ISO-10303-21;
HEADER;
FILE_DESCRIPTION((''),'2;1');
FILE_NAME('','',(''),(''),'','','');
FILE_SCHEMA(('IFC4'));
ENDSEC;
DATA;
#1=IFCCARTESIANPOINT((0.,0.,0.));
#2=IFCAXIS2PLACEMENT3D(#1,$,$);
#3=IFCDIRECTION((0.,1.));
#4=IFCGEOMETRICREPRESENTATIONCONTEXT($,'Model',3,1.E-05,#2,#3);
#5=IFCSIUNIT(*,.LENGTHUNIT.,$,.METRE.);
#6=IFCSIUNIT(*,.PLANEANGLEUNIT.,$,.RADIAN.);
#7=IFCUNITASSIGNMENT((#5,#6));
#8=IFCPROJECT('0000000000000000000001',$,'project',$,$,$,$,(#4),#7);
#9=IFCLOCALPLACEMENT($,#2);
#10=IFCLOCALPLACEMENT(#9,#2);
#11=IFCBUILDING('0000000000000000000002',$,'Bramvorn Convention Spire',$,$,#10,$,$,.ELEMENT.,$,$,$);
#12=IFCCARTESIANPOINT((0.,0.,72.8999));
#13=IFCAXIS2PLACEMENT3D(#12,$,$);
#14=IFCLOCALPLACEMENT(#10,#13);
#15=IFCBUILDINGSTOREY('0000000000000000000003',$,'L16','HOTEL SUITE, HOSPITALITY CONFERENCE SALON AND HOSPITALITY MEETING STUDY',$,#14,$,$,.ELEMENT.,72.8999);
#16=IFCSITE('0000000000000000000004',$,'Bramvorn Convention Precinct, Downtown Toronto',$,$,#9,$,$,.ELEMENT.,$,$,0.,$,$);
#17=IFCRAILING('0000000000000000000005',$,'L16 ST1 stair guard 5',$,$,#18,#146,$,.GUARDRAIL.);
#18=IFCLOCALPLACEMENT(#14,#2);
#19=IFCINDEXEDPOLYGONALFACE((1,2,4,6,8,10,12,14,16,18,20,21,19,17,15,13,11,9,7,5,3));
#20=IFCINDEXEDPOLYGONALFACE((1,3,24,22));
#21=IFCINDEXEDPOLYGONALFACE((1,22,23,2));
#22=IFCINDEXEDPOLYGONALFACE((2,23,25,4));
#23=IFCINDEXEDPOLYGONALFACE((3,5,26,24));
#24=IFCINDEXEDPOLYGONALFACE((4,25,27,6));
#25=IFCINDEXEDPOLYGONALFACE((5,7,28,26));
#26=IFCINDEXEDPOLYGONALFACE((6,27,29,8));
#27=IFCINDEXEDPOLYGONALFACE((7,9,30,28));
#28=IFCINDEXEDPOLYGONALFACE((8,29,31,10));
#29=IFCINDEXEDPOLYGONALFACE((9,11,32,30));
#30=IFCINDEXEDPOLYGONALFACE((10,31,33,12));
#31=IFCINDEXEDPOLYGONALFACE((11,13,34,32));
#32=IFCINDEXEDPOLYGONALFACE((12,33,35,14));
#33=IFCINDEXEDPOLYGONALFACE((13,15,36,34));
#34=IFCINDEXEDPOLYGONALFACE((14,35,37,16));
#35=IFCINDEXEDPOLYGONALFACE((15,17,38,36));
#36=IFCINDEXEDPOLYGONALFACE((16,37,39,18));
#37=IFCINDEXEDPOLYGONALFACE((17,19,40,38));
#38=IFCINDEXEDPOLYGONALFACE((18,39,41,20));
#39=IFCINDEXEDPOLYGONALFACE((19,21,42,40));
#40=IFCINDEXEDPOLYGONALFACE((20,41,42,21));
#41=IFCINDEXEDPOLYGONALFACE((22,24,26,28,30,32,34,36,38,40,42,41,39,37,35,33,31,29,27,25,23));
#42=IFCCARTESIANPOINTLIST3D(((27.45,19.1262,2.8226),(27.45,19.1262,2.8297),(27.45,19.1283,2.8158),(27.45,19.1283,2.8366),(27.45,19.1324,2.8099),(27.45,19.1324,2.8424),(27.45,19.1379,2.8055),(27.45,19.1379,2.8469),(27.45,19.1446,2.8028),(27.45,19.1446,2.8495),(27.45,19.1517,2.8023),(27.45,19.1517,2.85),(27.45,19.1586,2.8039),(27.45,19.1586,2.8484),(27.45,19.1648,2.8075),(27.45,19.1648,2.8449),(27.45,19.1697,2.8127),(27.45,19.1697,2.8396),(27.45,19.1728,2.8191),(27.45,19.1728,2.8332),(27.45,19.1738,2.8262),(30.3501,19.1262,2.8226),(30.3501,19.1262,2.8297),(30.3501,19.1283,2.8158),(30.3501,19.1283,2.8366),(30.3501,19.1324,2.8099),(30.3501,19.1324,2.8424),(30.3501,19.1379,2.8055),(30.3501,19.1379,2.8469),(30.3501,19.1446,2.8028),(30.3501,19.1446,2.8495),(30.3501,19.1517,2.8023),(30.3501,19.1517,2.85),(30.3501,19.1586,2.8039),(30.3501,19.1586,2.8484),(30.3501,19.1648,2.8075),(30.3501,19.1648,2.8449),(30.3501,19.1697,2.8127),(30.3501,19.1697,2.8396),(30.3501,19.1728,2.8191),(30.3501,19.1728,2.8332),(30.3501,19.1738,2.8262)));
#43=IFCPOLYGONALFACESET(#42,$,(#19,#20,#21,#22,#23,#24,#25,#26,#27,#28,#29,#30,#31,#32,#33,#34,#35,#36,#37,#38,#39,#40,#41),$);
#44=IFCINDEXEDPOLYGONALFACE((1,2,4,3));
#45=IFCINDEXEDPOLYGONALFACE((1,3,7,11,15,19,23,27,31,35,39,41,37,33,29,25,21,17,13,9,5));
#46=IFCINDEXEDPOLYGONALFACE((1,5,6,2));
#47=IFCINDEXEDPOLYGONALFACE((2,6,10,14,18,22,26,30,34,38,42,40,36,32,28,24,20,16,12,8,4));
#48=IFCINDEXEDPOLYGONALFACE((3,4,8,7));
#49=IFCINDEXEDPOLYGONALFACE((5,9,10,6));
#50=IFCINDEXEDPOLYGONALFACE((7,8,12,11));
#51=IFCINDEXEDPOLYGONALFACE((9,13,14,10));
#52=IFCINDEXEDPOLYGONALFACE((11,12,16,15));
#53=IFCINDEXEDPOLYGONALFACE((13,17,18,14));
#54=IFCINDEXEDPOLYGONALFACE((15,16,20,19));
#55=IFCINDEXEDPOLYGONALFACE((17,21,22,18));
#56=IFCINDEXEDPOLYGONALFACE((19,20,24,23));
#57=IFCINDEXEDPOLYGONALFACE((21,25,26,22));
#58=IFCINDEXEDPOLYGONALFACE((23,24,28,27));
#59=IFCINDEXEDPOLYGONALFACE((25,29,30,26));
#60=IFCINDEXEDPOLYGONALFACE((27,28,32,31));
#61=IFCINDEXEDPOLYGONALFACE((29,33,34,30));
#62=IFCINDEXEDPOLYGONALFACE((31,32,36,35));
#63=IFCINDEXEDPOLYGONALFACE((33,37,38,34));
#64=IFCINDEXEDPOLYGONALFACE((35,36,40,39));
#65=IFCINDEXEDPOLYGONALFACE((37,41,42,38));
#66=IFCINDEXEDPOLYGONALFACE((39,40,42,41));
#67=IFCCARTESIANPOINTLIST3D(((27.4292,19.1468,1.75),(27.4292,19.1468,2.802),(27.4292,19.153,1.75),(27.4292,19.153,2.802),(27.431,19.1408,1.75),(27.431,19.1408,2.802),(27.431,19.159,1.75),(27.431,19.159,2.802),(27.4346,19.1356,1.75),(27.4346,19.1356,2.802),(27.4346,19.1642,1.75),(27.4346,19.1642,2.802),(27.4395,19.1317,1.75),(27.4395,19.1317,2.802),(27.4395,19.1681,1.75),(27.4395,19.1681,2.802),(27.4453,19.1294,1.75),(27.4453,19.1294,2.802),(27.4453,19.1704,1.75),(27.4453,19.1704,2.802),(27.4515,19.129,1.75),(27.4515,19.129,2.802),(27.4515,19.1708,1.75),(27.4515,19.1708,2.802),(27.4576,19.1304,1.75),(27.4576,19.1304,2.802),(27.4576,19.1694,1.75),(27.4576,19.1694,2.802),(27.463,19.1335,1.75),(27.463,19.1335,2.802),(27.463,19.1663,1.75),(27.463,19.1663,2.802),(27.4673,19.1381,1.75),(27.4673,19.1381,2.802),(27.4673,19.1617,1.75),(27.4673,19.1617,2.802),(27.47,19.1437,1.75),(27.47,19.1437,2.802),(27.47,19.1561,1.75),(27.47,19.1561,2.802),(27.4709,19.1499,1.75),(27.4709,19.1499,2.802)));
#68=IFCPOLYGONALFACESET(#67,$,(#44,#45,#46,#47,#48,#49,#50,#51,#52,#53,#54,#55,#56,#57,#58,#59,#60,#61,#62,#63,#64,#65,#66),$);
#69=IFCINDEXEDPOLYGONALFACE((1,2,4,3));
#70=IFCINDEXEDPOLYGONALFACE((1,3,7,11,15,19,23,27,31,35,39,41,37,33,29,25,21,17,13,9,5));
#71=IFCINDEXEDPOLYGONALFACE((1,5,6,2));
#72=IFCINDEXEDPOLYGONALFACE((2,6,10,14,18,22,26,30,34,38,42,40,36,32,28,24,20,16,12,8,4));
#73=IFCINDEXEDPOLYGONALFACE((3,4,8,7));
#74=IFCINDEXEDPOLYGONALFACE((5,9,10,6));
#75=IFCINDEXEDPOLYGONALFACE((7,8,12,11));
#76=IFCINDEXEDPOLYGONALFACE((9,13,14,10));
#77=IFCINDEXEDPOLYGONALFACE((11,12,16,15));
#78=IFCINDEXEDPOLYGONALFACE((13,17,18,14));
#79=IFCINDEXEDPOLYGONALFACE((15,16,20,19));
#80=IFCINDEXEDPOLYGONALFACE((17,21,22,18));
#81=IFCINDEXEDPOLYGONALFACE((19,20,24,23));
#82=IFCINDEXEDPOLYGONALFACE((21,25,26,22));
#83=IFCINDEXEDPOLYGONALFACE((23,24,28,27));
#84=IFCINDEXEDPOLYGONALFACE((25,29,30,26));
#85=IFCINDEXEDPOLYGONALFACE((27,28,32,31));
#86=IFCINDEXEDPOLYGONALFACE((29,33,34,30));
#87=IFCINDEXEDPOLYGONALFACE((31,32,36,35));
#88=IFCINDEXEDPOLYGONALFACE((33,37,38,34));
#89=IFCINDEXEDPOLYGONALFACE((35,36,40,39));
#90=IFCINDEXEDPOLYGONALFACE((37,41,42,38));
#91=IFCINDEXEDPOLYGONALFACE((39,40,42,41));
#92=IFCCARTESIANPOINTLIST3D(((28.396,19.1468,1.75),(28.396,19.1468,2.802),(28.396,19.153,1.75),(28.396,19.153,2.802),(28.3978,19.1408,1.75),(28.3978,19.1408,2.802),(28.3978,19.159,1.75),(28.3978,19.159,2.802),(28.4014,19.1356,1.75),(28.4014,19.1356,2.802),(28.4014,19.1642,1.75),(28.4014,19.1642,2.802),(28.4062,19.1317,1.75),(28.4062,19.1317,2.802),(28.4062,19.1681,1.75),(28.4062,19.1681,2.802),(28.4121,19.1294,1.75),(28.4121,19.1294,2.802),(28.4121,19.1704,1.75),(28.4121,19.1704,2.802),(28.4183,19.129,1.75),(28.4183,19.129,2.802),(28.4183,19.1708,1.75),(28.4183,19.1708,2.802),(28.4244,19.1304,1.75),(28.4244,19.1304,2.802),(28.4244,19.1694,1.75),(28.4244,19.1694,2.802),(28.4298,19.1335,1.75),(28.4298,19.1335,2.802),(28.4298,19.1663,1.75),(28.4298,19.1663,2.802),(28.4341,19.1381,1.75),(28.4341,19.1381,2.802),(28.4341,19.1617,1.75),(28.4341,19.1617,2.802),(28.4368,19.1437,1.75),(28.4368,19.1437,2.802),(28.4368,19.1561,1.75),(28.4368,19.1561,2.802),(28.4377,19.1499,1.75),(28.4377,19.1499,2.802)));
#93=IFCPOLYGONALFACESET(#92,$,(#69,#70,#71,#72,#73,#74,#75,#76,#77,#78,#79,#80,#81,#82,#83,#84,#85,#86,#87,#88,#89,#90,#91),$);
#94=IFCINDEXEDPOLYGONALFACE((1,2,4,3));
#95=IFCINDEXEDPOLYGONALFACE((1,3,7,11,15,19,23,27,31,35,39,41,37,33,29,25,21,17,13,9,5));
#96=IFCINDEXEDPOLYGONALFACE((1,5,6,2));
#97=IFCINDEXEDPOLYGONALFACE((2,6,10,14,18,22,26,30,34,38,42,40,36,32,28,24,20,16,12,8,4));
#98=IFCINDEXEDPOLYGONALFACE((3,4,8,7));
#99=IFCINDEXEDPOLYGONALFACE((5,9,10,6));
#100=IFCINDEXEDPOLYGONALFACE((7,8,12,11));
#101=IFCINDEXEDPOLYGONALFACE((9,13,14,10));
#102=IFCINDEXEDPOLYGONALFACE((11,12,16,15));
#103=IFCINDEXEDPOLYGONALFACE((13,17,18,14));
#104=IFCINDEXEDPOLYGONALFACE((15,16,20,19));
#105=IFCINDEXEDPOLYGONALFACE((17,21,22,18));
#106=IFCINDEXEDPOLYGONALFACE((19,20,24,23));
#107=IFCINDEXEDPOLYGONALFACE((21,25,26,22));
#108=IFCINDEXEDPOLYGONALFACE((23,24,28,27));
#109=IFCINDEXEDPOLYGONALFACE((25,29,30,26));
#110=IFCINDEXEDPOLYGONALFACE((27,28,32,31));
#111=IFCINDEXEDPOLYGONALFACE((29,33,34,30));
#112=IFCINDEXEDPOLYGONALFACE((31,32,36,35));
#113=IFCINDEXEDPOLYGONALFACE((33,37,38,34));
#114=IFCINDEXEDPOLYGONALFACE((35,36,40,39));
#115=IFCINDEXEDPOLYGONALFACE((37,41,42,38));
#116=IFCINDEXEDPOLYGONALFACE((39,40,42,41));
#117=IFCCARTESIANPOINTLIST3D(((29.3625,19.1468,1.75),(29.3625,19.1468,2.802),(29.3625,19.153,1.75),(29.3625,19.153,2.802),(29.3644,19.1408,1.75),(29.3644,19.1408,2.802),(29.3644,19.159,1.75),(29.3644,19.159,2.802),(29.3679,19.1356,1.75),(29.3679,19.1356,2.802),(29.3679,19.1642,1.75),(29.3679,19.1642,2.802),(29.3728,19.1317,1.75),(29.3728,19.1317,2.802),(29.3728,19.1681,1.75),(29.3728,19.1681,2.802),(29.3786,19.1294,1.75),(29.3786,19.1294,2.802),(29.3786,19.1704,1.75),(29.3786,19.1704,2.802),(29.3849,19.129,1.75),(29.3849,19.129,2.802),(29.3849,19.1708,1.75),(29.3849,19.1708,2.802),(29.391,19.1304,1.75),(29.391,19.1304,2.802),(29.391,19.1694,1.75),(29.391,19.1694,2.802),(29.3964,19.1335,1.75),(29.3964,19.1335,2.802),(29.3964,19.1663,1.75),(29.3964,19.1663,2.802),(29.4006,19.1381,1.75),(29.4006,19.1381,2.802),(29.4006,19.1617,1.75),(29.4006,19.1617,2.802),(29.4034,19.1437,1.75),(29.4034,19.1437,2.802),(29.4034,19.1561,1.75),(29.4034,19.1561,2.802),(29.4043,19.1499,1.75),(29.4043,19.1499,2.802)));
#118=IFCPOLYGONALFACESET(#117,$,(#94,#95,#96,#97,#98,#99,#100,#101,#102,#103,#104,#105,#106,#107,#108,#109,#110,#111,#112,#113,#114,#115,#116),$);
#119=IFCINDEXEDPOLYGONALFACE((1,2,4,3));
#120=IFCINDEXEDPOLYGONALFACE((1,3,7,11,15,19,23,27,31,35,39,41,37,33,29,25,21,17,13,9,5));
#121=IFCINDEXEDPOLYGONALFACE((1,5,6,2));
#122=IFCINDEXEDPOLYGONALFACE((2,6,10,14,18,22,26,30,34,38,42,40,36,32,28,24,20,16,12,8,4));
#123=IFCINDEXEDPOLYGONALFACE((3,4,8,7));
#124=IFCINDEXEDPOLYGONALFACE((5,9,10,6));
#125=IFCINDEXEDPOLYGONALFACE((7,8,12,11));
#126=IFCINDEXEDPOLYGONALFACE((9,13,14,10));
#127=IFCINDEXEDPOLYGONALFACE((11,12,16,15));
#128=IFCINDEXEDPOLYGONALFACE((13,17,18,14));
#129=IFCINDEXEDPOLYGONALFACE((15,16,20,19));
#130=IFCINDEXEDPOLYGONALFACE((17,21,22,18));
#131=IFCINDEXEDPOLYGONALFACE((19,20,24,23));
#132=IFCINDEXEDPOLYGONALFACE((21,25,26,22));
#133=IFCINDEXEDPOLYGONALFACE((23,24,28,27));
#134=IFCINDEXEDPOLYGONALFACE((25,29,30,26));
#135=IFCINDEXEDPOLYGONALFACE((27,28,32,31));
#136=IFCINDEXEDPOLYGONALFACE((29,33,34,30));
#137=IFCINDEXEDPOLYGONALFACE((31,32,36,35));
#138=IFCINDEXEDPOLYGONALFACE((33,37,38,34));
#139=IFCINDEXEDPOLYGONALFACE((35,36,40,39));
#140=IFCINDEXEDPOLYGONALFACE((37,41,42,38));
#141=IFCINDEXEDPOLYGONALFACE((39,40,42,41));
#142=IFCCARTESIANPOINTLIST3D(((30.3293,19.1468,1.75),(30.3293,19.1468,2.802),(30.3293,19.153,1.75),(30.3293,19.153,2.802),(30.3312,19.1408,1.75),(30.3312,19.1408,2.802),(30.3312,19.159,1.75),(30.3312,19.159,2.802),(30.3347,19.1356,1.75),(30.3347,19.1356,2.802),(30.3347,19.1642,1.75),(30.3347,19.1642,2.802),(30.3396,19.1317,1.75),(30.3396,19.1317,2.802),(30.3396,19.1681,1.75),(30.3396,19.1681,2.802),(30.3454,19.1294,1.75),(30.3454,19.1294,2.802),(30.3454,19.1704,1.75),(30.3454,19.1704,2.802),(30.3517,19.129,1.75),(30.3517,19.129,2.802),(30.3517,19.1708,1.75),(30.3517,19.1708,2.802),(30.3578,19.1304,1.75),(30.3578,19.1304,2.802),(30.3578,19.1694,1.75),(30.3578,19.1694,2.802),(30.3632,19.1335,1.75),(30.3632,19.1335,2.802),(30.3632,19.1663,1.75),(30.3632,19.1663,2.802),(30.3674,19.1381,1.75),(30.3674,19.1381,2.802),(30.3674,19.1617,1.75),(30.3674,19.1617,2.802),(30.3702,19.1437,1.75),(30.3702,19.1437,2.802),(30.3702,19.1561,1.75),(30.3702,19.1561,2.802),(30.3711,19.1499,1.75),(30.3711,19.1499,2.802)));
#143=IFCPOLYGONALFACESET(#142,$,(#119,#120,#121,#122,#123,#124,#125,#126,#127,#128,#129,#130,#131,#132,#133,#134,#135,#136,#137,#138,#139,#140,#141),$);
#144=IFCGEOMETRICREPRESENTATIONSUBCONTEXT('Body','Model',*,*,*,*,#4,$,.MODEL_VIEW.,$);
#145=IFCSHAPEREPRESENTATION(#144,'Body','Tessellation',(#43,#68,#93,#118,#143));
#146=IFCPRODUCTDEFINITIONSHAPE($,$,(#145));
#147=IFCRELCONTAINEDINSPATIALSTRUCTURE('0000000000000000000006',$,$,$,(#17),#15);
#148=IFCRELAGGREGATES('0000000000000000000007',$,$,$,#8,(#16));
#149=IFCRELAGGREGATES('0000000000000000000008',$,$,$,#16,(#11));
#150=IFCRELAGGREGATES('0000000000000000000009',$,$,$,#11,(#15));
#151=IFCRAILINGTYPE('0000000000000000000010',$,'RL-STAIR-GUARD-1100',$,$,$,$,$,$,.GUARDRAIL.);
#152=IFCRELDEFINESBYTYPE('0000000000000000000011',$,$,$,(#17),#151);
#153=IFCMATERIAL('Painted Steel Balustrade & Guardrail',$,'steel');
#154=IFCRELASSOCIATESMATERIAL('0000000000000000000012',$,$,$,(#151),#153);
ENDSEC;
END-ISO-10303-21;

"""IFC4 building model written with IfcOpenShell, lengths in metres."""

from ifc_helpers import new_model, si_unit, direction, frame, origin, origin_2d, place, context, subcontext, project, spatial, circle, extrude, material, type_object, element, save


model = new_model("IFC4")

# Units and contexts
model_context = context("Model", 3, precision=1e-05, world=origin(), true_north=direction((0.0, 1.0)))
body_context = subcontext(model_context, "Body", "Model", "MODEL_VIEW")
ifc_project = project(units=[si_unit("LENGTHUNIT", "METRE"), si_unit("PLANEANGLEUNIT", "RADIAN")], contexts=[model_context])

# Site, building, storey
site_placement = place(None, origin())
site = spatial("IfcSite", under=ifc_project, at=site_placement, Name="Bramvorn Convention Precinct, Downtown Toronto", CompositionType="ELEMENT", RefElevation=0.0)
building_placement = place(site_placement, origin())
building = spatial("IfcBuilding", under=site, at=building_placement, Name="Bramvorn Convention Spire", CompositionType="ELEMENT")
storey_placement = place(building_placement, frame((0.0, 0.0, 72.8999)))
storey = spatial("IfcBuildingStorey", under=building, at=storey_placement, Name="L16", Description="HOTEL SUITE, HOSPITALITY CONFERENCE SALON AND HOSPITALITY MEETING STUDY", CompositionType="ELEMENT", Elevation=72.8999)

# Railing
ifc_material_1 = material(Name="Painted Steel Balustrade & Guardrail", Category="steel")
railing_type_1 = type_object("IfcRailingType", Name="RL-STAIR-GUARD-1100", PredefinedType="GUARDRAIL", material=ifc_material_1)
railing_1_placement = place(storey_placement, frame((27.45, 19.1499, 1.75)))
element("IfcRailing", 1, at=railing_1_placement, inside=storey, type_object=railing_type_1, Name="L16 ST1 stair guard 5", PredefinedType="GUARDRAIL", context=body_context, shape_type="SweptSolid", body=[
    extrude(circle(Radius=0.0239, at=origin_2d()), frame((0.0, 0.0, 1.0762), z_axis=(1.0, 0.0, 0.0), x_axis=(0.0, 1.0, 0.0)), (0.0, 0.0, 1.0), 2.9001),
    extrude(circle(Radius=0.021, at=origin_2d()), origin(), (0.0, 0.0, 1.0), 1.052),
    extrude(circle(Radius=0.021, at=origin_2d()), frame((0.9668, 0.0, 0.0)), (0.0, 0.0, 1.0), 1.052),
    extrude(circle(Radius=0.021, at=origin_2d()), frame((1.9333, 0.0, 0.0)), (0.0, 0.0, 1.0), 1.052),
    extrude(circle(Radius=0.021, at=origin_2d()), frame((2.9001, 0.0, 0.0)), (0.0, 0.0, 1.0), 1.052),
])

save(model, "model.ifc")
